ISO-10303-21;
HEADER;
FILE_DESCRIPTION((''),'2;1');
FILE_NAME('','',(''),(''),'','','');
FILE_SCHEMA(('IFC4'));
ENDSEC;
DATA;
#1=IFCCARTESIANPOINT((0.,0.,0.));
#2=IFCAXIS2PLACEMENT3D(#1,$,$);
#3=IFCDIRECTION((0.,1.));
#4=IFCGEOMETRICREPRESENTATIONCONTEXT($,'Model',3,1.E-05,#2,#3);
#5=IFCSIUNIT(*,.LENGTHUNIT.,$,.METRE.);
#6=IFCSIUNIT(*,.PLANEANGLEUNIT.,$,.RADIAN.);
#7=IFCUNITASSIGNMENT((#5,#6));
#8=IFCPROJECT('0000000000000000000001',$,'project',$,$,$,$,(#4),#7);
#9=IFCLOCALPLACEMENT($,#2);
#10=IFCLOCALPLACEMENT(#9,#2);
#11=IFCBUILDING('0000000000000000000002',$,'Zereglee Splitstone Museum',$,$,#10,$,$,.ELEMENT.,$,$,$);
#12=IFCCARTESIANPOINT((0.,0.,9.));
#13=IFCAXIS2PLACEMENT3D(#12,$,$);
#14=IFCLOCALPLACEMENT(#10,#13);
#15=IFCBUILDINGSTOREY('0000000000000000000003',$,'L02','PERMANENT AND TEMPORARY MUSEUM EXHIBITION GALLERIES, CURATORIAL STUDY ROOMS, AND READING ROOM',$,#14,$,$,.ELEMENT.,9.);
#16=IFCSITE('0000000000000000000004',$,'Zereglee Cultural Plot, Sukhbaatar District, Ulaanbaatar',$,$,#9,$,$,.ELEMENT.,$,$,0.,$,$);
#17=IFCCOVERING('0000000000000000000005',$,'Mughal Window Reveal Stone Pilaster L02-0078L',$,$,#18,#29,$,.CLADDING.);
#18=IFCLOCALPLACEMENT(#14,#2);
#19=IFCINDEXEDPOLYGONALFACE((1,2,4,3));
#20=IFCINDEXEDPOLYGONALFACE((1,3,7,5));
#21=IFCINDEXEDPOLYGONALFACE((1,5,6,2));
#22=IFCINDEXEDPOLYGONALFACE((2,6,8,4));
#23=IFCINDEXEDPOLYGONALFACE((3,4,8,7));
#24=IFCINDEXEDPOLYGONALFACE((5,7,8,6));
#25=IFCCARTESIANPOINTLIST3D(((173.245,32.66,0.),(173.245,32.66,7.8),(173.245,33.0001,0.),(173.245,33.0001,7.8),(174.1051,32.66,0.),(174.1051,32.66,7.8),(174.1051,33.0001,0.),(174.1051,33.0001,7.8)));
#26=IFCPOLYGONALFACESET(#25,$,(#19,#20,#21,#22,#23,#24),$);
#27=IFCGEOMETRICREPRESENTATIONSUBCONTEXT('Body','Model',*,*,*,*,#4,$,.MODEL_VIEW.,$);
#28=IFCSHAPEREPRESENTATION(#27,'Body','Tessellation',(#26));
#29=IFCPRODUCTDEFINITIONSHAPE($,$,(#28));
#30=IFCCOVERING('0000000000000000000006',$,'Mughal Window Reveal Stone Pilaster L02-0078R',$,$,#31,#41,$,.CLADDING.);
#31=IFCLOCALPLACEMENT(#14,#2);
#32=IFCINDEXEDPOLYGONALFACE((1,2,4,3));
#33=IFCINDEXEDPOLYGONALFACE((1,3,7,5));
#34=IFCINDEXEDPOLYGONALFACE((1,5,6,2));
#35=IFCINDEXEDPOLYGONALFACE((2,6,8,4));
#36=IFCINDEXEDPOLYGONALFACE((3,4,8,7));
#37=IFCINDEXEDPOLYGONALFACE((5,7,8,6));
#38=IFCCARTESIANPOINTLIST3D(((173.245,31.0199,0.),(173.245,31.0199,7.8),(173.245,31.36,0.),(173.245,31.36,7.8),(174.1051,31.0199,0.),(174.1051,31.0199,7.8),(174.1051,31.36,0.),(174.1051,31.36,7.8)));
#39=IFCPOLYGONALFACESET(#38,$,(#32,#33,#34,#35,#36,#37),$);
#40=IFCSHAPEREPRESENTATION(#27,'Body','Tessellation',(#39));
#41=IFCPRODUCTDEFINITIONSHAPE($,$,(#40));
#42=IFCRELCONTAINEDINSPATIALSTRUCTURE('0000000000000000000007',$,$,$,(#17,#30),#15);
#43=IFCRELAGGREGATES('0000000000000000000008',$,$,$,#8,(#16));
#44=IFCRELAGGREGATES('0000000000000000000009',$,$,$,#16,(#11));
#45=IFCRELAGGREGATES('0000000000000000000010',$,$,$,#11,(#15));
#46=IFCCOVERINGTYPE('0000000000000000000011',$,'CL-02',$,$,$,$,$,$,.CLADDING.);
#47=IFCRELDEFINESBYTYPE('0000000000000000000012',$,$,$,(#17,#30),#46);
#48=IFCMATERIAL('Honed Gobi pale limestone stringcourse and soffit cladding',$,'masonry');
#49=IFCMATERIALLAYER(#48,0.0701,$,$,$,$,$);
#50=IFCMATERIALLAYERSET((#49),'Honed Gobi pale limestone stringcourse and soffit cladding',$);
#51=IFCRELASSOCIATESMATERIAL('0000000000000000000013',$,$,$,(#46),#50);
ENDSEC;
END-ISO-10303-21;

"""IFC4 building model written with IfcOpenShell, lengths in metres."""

from ifc_helpers import new_model, si_unit, direction, frame, origin, origin_2d, place, context, subcontext, project, spatial, rectangle, extrude, material, layer, layer_set, type_object, element, save


model = new_model("IFC4")

# Units and contexts
model_context = context("Model", 3, precision=1e-05, world=origin(), true_north=direction((0.0, 1.0)))
body_context = subcontext(model_context, "Body", "Model", "MODEL_VIEW")
ifc_project = project(units=[si_unit("LENGTHUNIT", "METRE"), si_unit("PLANEANGLEUNIT", "RADIAN")], contexts=[model_context])

# Site, building, storey
site_placement = place(None, origin())
site = spatial("IfcSite", under=ifc_project, at=site_placement, Name="Zereglee Cultural Plot, Sukhbaatar District, Ulaanbaatar", CompositionType="ELEMENT", RefElevation=0.0)
building_placement = place(site_placement, origin())
building = spatial("IfcBuilding", under=site, at=building_placement, Name="Zereglee Splitstone Museum", CompositionType="ELEMENT")
storey_placement = place(building_placement, frame((0.0, 0.0, 9.0)))
storey = spatial("IfcBuildingStorey", under=building, at=storey_placement, Name="L02", Description="PERMANENT AND TEMPORARY MUSEUM EXHIBITION GALLERIES, CURATORIAL STUDY ROOMS, AND READING ROOM", CompositionType="ELEMENT", Elevation=9.0)

# Coverings
ifc_material_1 = material(Name="Honed Gobi pale limestone stringcourse and soffit cladding", Category="masonry")
ifc_layer_1 = layer(ifc_material_1, 0.0701)
ifc_layer_set_1 = layer_set([ifc_layer_1], Name="Honed Gobi pale limestone stringcourse and soffit cladding")
covering_type = type_object("IfcCoveringType", Name="CL-02", PredefinedType="CLADDING", material=ifc_layer_set_1)
for number, where, z_axis, x_axis, name in (
    (1, (173.675, 32.8301, 0.0), (0.0, 0.0, 1.0), (0.0, -1.0, 0.0), "Mughal Window Reveal Stone Pilaster L02-0078L"),
    (2, (173.675, 31.1899, 0.0), (0.0, 0.0, 1.0), (0.0, -1.0, 0.0), "Mughal Window Reveal Stone Pilaster L02-0078R"),
):
    element("IfcCovering", number, at=place(storey_placement, frame(where, z_axis=z_axis, x_axis=x_axis)), inside=storey, type_object=covering_type, Name=name, PredefinedType="CLADDING", context=body_context, shape_type="SweptSolid", body=[
        extrude(rectangle(XDim=0.3401, YDim=0.8601, at=origin_2d()), origin(), (0.0, 0.0, 1.0), 7.8),
    ])

save(model, "model.ifc")
